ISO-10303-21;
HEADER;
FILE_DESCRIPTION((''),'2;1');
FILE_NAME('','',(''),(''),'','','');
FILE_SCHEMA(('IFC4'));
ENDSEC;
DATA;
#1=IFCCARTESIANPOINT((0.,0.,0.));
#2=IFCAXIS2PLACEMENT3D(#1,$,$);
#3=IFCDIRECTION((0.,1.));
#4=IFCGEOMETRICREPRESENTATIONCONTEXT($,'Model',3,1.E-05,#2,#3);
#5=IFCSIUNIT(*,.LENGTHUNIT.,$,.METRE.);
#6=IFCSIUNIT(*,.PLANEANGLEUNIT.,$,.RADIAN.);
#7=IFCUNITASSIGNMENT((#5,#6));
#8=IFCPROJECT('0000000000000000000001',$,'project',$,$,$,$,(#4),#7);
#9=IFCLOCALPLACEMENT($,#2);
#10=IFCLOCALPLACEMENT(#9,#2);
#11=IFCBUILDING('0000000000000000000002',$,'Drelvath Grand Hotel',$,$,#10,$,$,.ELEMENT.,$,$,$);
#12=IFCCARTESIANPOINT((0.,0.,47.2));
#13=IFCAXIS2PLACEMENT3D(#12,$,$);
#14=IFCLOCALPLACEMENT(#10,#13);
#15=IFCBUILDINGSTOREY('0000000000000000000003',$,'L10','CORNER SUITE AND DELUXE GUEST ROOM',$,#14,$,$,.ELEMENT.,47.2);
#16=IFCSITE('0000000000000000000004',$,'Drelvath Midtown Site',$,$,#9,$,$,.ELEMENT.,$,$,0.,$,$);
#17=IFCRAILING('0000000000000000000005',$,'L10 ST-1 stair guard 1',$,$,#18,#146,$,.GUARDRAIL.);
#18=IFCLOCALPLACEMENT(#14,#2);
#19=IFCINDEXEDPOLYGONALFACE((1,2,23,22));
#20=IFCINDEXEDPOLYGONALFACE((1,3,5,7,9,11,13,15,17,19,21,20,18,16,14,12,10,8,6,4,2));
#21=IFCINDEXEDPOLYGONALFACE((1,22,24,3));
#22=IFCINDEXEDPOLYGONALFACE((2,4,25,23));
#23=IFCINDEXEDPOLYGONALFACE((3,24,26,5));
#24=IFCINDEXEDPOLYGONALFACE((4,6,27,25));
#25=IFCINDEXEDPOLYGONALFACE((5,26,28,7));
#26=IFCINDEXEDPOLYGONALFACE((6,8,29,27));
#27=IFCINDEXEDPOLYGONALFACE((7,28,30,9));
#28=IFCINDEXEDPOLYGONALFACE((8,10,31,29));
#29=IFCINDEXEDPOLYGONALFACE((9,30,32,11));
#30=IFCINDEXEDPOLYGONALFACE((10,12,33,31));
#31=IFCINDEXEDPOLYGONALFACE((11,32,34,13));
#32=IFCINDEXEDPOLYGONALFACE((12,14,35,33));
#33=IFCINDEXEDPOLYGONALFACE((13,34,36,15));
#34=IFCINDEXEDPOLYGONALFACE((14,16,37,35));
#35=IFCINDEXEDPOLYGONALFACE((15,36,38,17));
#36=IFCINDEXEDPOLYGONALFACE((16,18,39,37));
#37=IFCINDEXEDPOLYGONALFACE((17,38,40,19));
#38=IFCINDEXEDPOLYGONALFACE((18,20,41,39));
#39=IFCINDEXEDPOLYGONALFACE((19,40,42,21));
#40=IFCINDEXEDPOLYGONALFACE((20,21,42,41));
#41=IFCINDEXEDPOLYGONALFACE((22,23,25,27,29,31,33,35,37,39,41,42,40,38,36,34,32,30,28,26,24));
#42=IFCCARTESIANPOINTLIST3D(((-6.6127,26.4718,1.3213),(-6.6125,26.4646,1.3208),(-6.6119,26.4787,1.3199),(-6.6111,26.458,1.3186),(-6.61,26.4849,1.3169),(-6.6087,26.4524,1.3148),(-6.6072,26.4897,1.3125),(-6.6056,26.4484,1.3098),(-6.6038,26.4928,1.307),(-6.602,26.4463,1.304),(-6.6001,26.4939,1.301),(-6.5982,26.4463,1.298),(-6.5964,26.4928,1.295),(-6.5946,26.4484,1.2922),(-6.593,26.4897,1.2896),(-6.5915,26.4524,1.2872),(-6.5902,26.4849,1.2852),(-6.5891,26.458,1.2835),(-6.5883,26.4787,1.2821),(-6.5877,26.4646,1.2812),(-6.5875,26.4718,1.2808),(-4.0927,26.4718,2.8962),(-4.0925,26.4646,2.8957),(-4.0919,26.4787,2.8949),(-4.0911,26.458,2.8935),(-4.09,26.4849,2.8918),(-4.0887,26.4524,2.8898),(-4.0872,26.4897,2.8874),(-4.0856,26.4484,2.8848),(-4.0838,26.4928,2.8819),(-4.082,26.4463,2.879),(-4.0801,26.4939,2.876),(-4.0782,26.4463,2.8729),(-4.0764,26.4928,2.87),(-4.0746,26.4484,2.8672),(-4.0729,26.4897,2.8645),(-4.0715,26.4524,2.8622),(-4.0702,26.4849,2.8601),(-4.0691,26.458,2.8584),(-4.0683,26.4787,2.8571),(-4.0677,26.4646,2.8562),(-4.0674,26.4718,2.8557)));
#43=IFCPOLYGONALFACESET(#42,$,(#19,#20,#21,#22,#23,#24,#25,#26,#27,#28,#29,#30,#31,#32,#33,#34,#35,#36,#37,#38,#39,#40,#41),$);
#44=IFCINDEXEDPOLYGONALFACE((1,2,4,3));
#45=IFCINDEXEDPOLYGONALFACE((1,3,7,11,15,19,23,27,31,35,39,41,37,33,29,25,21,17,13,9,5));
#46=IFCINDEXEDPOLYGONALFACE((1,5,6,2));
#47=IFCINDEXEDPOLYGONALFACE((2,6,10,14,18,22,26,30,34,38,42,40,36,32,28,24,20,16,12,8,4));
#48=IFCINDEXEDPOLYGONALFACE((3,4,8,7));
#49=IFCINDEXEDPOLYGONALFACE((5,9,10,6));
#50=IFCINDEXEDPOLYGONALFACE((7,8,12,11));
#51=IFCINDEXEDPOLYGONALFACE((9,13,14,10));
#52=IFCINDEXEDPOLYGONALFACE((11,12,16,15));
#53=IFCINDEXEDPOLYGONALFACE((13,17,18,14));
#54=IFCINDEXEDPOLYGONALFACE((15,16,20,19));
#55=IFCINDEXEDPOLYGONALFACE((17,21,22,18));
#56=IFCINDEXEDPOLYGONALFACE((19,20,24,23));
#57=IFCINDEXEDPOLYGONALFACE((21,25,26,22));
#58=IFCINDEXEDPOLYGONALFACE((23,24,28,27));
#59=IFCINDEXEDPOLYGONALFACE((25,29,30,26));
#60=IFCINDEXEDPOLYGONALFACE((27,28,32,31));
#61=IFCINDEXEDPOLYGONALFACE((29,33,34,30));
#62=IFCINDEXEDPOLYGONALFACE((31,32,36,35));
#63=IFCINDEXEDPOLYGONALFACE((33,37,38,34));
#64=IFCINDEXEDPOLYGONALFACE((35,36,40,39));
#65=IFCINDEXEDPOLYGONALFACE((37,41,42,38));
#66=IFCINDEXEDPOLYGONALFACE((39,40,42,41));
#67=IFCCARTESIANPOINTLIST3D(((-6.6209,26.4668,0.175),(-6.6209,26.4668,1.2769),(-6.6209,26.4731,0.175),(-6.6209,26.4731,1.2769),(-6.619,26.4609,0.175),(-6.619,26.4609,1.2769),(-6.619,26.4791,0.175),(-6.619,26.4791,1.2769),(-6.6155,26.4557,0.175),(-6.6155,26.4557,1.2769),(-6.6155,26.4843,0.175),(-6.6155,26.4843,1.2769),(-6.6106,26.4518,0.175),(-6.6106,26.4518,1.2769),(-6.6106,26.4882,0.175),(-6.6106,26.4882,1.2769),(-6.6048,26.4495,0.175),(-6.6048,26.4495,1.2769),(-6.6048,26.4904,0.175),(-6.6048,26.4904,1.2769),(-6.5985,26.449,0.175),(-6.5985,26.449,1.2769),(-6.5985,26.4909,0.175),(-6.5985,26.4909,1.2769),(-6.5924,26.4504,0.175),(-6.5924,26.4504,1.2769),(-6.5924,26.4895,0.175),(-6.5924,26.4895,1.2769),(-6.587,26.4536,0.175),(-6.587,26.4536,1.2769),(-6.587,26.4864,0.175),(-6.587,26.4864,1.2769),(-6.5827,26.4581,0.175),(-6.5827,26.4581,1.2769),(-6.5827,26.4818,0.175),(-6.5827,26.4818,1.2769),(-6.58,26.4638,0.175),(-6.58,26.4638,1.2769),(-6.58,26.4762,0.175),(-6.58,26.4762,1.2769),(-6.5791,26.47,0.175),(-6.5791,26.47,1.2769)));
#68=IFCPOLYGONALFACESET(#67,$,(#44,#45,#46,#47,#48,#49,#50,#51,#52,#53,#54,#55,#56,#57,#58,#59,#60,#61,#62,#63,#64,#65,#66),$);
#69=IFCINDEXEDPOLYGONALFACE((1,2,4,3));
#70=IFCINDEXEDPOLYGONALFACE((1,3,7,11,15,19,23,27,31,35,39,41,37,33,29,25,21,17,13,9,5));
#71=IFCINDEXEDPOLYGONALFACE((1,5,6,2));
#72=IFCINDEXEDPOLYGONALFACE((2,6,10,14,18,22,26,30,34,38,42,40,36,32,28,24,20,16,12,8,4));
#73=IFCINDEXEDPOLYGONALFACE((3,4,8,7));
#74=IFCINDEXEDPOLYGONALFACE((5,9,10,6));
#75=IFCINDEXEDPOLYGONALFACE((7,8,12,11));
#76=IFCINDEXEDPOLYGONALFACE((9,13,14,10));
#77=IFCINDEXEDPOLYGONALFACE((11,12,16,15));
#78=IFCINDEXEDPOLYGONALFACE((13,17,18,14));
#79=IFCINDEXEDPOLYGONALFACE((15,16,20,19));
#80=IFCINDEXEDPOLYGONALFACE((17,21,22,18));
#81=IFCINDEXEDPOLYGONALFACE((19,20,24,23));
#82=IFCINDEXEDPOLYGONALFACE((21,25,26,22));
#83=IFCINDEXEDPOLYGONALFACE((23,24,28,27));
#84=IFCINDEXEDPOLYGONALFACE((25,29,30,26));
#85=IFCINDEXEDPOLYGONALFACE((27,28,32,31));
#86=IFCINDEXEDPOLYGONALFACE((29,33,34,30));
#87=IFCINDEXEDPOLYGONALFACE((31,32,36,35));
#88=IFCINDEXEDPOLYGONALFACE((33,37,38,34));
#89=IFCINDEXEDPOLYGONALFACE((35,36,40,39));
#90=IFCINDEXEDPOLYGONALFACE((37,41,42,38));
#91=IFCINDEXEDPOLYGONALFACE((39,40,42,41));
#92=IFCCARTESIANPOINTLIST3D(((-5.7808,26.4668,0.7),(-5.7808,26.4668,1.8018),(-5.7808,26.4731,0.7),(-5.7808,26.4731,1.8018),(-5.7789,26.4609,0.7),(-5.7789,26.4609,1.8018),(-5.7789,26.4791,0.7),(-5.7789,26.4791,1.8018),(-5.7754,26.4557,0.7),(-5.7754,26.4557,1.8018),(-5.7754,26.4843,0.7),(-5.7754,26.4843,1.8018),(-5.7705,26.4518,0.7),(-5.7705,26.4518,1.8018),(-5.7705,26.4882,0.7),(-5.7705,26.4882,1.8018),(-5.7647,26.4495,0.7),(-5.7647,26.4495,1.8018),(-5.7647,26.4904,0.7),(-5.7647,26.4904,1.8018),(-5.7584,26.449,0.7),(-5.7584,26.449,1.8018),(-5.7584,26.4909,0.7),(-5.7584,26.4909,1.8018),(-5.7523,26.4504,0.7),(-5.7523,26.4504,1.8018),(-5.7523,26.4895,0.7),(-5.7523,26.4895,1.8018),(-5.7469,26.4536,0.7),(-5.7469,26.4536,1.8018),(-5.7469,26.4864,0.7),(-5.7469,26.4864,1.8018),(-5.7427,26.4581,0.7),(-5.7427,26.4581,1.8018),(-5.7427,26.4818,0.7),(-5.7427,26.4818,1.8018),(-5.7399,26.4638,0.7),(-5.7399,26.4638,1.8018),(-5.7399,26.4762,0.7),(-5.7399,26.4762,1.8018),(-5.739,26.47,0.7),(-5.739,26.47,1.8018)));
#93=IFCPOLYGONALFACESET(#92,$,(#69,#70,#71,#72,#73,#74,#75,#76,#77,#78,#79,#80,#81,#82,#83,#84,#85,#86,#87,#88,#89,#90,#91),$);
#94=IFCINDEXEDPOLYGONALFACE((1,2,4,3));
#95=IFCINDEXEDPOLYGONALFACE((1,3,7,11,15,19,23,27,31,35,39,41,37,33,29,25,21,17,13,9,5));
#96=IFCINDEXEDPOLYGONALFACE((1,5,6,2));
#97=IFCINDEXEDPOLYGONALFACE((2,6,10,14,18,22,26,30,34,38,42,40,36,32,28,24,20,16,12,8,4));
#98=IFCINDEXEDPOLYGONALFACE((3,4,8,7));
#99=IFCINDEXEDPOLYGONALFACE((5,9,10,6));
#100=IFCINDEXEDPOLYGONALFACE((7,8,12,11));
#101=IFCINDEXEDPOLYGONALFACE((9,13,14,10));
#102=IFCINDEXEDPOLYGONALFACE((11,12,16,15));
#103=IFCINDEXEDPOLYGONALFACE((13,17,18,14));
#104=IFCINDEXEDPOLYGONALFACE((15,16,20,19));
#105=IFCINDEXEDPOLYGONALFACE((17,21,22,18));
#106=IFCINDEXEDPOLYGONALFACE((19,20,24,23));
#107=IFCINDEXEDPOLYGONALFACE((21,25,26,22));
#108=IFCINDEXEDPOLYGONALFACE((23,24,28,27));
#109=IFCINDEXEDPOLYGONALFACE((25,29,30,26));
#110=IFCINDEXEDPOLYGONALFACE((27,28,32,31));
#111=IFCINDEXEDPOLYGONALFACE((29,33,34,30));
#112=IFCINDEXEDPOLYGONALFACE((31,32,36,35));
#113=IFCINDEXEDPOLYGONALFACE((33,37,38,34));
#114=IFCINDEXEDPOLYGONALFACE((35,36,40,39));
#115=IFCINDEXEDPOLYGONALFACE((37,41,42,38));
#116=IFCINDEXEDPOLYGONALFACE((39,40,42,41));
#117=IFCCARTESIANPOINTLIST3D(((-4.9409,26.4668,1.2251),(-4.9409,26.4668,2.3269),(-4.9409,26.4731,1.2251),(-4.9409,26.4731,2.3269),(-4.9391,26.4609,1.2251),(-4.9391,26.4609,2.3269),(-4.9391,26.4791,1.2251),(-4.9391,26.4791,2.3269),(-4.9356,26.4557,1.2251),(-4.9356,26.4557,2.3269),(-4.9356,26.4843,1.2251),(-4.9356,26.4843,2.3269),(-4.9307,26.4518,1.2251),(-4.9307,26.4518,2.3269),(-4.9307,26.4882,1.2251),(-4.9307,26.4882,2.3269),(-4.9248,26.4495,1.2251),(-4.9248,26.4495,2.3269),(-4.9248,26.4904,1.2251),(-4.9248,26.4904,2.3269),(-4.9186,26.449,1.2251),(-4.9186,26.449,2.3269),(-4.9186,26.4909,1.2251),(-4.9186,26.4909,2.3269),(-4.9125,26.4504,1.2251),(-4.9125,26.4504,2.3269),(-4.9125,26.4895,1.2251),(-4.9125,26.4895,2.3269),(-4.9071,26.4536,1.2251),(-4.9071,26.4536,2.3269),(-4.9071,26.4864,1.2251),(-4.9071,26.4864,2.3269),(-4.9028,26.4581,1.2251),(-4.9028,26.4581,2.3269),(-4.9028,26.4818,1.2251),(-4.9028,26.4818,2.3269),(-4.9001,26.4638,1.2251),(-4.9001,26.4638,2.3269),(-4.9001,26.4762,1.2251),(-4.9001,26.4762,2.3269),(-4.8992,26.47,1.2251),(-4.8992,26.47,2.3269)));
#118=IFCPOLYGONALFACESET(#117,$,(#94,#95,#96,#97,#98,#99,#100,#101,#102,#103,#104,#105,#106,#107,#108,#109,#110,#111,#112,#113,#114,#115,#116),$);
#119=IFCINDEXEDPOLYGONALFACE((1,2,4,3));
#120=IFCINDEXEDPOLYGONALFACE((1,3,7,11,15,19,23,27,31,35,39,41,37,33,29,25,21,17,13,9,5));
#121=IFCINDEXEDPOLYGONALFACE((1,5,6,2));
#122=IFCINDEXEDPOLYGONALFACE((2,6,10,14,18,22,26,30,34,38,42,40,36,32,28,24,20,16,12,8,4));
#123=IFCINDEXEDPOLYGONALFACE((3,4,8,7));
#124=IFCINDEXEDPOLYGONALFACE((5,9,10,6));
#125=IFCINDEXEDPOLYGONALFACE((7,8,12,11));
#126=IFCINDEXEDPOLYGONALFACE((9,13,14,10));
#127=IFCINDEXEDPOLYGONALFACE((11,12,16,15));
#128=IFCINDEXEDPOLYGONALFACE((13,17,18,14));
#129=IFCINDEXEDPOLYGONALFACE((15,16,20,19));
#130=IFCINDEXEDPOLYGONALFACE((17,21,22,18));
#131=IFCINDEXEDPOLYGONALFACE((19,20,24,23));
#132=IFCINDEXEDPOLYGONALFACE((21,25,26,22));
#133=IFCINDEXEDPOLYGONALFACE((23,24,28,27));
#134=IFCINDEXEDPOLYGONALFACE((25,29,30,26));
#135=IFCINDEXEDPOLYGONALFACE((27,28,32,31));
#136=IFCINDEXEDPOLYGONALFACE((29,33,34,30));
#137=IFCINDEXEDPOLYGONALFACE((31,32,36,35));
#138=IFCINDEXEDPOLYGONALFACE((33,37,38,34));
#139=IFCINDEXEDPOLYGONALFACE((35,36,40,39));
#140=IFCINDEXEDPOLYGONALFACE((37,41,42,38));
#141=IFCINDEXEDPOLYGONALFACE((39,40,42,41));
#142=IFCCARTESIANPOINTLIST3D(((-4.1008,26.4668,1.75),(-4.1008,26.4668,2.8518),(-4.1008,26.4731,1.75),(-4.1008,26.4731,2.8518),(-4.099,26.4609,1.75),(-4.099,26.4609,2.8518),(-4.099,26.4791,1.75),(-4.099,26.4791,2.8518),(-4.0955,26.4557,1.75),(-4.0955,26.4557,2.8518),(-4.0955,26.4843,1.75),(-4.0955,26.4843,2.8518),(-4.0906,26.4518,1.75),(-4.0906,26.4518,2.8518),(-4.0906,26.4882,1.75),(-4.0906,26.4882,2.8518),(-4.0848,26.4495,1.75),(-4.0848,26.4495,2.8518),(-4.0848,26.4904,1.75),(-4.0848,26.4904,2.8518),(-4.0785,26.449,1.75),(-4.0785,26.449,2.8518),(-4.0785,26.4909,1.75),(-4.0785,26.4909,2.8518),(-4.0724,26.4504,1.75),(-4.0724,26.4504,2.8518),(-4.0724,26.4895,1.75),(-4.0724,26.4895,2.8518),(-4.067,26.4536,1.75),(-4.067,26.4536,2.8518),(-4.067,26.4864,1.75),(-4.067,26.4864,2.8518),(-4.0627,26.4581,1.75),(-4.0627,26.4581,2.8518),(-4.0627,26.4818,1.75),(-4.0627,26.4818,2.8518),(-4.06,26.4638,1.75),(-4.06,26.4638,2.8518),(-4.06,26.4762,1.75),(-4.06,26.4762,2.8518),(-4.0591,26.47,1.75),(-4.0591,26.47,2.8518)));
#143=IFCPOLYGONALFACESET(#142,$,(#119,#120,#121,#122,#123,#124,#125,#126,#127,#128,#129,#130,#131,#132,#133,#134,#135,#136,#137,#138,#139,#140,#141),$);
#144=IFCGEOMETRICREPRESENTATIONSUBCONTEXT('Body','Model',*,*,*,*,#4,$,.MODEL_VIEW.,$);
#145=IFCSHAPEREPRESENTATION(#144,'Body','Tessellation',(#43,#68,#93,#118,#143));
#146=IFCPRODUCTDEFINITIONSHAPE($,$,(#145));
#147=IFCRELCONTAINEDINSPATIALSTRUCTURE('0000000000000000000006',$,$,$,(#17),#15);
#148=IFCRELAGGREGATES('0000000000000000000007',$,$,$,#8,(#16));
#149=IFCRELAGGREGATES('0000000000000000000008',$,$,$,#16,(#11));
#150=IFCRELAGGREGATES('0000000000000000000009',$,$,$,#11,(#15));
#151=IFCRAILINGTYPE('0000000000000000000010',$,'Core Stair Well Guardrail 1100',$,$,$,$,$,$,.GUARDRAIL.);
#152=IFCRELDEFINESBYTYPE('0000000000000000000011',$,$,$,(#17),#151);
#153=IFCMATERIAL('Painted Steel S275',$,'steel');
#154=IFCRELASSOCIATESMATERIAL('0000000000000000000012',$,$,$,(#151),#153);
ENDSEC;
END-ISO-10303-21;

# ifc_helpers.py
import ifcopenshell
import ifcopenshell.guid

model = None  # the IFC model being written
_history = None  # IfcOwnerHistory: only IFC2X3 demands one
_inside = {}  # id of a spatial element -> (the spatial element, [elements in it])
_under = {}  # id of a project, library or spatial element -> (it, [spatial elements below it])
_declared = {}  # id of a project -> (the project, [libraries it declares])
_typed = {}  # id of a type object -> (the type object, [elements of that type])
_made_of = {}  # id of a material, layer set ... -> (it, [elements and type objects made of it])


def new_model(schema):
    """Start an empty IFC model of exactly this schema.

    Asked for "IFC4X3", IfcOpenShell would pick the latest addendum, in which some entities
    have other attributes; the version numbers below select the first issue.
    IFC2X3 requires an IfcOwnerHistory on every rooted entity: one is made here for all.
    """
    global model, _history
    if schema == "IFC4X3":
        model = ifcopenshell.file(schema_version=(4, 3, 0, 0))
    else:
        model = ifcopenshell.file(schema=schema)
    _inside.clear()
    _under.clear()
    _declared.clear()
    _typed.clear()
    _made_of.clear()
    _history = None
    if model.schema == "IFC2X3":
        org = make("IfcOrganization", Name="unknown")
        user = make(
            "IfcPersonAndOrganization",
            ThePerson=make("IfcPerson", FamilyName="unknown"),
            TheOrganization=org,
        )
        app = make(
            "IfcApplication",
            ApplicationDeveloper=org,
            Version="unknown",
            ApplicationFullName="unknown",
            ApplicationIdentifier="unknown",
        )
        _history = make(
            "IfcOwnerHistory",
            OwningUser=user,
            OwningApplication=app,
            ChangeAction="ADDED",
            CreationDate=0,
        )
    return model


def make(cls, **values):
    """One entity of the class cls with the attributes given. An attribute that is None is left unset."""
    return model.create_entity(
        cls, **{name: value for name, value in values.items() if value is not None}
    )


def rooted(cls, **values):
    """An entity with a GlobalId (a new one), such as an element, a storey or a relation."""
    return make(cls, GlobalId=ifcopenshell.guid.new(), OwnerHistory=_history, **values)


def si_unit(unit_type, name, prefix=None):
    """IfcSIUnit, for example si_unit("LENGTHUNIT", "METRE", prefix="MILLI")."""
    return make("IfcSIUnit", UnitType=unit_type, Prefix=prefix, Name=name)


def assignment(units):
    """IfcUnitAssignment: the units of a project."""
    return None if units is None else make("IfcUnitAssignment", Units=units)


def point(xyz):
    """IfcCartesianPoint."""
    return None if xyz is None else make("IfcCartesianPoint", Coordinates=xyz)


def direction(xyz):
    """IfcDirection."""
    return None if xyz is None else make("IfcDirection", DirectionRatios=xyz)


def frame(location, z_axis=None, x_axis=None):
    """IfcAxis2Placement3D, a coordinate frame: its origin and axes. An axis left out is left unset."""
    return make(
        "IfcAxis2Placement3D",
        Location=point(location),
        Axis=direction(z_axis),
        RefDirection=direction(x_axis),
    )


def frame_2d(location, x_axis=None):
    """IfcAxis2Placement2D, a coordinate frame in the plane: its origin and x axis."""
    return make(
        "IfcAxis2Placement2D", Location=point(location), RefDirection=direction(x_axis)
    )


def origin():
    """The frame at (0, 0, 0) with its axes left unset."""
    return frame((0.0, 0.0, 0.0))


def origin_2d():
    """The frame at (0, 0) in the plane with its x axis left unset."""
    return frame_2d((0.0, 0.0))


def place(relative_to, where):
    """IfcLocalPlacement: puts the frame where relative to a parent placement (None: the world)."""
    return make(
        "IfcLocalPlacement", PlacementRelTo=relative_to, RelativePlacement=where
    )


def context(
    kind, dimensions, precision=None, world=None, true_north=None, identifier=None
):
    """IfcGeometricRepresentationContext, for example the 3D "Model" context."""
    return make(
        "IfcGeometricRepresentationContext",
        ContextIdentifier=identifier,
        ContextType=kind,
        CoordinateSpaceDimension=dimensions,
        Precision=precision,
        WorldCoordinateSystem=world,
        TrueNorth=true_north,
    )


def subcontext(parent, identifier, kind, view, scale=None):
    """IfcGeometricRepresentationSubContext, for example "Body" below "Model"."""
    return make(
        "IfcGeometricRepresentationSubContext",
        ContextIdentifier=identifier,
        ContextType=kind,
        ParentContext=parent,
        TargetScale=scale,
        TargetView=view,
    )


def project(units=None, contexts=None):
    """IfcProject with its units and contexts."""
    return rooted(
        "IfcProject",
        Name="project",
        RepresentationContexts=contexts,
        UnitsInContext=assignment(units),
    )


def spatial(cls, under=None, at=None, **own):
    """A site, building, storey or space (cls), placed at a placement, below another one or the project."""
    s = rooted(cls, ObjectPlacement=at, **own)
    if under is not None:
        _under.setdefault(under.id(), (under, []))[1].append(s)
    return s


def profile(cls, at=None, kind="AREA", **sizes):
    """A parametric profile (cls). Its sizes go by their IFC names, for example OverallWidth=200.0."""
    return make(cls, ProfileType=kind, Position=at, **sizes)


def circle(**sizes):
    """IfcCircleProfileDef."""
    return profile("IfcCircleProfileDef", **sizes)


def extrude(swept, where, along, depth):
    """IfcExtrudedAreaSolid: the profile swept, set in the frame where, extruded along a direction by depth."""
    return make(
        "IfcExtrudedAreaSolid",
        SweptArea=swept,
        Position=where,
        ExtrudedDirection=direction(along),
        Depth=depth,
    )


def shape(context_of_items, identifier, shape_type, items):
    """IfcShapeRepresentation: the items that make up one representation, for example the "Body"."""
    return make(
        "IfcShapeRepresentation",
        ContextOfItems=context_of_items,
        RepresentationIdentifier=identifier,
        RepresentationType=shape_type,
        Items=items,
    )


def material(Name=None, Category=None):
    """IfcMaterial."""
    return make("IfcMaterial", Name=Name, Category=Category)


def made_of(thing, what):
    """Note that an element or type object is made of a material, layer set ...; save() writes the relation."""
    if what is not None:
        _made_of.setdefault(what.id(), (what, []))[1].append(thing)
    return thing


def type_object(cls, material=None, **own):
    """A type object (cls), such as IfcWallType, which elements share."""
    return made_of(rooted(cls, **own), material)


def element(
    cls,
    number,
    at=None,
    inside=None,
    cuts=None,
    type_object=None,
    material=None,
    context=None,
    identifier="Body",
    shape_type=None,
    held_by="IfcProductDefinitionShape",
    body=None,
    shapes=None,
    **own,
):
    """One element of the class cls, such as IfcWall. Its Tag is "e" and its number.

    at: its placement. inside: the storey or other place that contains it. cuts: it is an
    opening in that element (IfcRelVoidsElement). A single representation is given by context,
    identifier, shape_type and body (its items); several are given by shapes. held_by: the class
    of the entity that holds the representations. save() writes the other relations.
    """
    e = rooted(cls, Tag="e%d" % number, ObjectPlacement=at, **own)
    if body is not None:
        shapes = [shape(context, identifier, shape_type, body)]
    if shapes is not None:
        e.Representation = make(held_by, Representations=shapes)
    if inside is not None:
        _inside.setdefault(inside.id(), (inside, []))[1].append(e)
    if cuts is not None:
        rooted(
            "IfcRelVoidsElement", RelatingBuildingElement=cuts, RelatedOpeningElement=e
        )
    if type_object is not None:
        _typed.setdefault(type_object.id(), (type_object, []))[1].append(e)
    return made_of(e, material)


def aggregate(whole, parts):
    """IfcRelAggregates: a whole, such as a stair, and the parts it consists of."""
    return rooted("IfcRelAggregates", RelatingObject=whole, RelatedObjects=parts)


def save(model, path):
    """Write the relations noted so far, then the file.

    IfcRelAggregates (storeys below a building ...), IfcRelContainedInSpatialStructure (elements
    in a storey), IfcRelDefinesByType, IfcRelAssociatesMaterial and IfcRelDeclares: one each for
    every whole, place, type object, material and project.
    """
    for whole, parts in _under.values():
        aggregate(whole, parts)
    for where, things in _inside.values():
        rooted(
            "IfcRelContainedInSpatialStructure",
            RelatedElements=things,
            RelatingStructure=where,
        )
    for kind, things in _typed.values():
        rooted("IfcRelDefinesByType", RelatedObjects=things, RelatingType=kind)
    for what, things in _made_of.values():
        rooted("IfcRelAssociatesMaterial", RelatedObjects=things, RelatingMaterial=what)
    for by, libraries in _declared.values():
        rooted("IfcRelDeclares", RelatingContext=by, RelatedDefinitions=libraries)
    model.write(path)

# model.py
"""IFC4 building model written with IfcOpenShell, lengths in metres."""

from ifc_helpers import new_model, si_unit, direction, frame, origin, origin_2d, place, context, subcontext, project, spatial, circle, extrude, material, type_object, element, save


model = new_model("IFC4")

# Units and contexts
model_context = context("Model", 3, precision=1e-05, world=origin(), true_north=direction((0.0, 1.0)))
body_context = subcontext(model_context, "Body", "Model", "MODEL_VIEW")
ifc_project = project(units=[si_unit("LENGTHUNIT", "METRE"), si_unit("PLANEANGLEUNIT", "RADIAN")], contexts=[model_context])

# Site, building, storey
site_placement = place(None, origin())
site = spatial("IfcSite", under=ifc_project, at=site_placement, Name="Drelvath Midtown Site", CompositionType="ELEMENT", RefElevation=0.0)
building_placement = place(site_placement, origin())
building = spatial("IfcBuilding", under=site, at=building_placement, Name="Drelvath Grand Hotel", CompositionType="ELEMENT")
storey_placement = place(building_placement, frame((0.0, 0.0, 47.2)))
storey = spatial("IfcBuildingStorey", under=building, at=storey_placement, Name="L10", Description="CORNER SUITE AND DELUXE GUEST ROOM", CompositionType="ELEMENT", Elevation=47.2)

# Shared definitions
ifc_material_1 = material(Name="Painted Steel S275", Category="steel")

# Railing
railing_type_1 = type_object("IfcRailingType", Name="Core Stair Well Guardrail 1100", PredefinedType="GUARDRAIL", material=ifc_material_1)
railing_1_placement = place(storey_placement, frame((-6.6001, 26.47, 0.175)))
element("IfcRailing", 1, at=railing_1_placement, inside=storey, type_object=railing_type_1, Name="L10 ST-1 stair guard 1", PredefinedType="GUARDRAIL", context=body_context, shape_type="SweptSolid", body=[
    extrude(circle(Radius=0.0239, at=origin_2d()), frame((0.0, 0.0, 1.126), z_axis=(0.848008, 0.0, 0.529984), x_axis=(0.0, 1.0, 0.0)), (0.0, 0.0, 1.0), 2.9717),
    extrude(circle(Radius=0.021, at=origin_2d()), origin(), (0.0, 0.0, 1.0), 1.1018),
    extrude(circle(Radius=0.021, at=origin_2d()), frame((0.8401, 0.0, 0.5249)), (0.0, 0.0, 1.0), 1.1018),
    extrude(circle(Radius=0.021, at=origin_2d()), frame((1.6799, 0.0, 1.05)), (0.0, 0.0, 1.0), 1.1018),
    extrude(circle(Radius=0.021, at=origin_2d()), frame((2.52, 0.0, 1.575)), (0.0, 0.0, 1.0), 1.1018),
])

save(model, "model.ifc")
